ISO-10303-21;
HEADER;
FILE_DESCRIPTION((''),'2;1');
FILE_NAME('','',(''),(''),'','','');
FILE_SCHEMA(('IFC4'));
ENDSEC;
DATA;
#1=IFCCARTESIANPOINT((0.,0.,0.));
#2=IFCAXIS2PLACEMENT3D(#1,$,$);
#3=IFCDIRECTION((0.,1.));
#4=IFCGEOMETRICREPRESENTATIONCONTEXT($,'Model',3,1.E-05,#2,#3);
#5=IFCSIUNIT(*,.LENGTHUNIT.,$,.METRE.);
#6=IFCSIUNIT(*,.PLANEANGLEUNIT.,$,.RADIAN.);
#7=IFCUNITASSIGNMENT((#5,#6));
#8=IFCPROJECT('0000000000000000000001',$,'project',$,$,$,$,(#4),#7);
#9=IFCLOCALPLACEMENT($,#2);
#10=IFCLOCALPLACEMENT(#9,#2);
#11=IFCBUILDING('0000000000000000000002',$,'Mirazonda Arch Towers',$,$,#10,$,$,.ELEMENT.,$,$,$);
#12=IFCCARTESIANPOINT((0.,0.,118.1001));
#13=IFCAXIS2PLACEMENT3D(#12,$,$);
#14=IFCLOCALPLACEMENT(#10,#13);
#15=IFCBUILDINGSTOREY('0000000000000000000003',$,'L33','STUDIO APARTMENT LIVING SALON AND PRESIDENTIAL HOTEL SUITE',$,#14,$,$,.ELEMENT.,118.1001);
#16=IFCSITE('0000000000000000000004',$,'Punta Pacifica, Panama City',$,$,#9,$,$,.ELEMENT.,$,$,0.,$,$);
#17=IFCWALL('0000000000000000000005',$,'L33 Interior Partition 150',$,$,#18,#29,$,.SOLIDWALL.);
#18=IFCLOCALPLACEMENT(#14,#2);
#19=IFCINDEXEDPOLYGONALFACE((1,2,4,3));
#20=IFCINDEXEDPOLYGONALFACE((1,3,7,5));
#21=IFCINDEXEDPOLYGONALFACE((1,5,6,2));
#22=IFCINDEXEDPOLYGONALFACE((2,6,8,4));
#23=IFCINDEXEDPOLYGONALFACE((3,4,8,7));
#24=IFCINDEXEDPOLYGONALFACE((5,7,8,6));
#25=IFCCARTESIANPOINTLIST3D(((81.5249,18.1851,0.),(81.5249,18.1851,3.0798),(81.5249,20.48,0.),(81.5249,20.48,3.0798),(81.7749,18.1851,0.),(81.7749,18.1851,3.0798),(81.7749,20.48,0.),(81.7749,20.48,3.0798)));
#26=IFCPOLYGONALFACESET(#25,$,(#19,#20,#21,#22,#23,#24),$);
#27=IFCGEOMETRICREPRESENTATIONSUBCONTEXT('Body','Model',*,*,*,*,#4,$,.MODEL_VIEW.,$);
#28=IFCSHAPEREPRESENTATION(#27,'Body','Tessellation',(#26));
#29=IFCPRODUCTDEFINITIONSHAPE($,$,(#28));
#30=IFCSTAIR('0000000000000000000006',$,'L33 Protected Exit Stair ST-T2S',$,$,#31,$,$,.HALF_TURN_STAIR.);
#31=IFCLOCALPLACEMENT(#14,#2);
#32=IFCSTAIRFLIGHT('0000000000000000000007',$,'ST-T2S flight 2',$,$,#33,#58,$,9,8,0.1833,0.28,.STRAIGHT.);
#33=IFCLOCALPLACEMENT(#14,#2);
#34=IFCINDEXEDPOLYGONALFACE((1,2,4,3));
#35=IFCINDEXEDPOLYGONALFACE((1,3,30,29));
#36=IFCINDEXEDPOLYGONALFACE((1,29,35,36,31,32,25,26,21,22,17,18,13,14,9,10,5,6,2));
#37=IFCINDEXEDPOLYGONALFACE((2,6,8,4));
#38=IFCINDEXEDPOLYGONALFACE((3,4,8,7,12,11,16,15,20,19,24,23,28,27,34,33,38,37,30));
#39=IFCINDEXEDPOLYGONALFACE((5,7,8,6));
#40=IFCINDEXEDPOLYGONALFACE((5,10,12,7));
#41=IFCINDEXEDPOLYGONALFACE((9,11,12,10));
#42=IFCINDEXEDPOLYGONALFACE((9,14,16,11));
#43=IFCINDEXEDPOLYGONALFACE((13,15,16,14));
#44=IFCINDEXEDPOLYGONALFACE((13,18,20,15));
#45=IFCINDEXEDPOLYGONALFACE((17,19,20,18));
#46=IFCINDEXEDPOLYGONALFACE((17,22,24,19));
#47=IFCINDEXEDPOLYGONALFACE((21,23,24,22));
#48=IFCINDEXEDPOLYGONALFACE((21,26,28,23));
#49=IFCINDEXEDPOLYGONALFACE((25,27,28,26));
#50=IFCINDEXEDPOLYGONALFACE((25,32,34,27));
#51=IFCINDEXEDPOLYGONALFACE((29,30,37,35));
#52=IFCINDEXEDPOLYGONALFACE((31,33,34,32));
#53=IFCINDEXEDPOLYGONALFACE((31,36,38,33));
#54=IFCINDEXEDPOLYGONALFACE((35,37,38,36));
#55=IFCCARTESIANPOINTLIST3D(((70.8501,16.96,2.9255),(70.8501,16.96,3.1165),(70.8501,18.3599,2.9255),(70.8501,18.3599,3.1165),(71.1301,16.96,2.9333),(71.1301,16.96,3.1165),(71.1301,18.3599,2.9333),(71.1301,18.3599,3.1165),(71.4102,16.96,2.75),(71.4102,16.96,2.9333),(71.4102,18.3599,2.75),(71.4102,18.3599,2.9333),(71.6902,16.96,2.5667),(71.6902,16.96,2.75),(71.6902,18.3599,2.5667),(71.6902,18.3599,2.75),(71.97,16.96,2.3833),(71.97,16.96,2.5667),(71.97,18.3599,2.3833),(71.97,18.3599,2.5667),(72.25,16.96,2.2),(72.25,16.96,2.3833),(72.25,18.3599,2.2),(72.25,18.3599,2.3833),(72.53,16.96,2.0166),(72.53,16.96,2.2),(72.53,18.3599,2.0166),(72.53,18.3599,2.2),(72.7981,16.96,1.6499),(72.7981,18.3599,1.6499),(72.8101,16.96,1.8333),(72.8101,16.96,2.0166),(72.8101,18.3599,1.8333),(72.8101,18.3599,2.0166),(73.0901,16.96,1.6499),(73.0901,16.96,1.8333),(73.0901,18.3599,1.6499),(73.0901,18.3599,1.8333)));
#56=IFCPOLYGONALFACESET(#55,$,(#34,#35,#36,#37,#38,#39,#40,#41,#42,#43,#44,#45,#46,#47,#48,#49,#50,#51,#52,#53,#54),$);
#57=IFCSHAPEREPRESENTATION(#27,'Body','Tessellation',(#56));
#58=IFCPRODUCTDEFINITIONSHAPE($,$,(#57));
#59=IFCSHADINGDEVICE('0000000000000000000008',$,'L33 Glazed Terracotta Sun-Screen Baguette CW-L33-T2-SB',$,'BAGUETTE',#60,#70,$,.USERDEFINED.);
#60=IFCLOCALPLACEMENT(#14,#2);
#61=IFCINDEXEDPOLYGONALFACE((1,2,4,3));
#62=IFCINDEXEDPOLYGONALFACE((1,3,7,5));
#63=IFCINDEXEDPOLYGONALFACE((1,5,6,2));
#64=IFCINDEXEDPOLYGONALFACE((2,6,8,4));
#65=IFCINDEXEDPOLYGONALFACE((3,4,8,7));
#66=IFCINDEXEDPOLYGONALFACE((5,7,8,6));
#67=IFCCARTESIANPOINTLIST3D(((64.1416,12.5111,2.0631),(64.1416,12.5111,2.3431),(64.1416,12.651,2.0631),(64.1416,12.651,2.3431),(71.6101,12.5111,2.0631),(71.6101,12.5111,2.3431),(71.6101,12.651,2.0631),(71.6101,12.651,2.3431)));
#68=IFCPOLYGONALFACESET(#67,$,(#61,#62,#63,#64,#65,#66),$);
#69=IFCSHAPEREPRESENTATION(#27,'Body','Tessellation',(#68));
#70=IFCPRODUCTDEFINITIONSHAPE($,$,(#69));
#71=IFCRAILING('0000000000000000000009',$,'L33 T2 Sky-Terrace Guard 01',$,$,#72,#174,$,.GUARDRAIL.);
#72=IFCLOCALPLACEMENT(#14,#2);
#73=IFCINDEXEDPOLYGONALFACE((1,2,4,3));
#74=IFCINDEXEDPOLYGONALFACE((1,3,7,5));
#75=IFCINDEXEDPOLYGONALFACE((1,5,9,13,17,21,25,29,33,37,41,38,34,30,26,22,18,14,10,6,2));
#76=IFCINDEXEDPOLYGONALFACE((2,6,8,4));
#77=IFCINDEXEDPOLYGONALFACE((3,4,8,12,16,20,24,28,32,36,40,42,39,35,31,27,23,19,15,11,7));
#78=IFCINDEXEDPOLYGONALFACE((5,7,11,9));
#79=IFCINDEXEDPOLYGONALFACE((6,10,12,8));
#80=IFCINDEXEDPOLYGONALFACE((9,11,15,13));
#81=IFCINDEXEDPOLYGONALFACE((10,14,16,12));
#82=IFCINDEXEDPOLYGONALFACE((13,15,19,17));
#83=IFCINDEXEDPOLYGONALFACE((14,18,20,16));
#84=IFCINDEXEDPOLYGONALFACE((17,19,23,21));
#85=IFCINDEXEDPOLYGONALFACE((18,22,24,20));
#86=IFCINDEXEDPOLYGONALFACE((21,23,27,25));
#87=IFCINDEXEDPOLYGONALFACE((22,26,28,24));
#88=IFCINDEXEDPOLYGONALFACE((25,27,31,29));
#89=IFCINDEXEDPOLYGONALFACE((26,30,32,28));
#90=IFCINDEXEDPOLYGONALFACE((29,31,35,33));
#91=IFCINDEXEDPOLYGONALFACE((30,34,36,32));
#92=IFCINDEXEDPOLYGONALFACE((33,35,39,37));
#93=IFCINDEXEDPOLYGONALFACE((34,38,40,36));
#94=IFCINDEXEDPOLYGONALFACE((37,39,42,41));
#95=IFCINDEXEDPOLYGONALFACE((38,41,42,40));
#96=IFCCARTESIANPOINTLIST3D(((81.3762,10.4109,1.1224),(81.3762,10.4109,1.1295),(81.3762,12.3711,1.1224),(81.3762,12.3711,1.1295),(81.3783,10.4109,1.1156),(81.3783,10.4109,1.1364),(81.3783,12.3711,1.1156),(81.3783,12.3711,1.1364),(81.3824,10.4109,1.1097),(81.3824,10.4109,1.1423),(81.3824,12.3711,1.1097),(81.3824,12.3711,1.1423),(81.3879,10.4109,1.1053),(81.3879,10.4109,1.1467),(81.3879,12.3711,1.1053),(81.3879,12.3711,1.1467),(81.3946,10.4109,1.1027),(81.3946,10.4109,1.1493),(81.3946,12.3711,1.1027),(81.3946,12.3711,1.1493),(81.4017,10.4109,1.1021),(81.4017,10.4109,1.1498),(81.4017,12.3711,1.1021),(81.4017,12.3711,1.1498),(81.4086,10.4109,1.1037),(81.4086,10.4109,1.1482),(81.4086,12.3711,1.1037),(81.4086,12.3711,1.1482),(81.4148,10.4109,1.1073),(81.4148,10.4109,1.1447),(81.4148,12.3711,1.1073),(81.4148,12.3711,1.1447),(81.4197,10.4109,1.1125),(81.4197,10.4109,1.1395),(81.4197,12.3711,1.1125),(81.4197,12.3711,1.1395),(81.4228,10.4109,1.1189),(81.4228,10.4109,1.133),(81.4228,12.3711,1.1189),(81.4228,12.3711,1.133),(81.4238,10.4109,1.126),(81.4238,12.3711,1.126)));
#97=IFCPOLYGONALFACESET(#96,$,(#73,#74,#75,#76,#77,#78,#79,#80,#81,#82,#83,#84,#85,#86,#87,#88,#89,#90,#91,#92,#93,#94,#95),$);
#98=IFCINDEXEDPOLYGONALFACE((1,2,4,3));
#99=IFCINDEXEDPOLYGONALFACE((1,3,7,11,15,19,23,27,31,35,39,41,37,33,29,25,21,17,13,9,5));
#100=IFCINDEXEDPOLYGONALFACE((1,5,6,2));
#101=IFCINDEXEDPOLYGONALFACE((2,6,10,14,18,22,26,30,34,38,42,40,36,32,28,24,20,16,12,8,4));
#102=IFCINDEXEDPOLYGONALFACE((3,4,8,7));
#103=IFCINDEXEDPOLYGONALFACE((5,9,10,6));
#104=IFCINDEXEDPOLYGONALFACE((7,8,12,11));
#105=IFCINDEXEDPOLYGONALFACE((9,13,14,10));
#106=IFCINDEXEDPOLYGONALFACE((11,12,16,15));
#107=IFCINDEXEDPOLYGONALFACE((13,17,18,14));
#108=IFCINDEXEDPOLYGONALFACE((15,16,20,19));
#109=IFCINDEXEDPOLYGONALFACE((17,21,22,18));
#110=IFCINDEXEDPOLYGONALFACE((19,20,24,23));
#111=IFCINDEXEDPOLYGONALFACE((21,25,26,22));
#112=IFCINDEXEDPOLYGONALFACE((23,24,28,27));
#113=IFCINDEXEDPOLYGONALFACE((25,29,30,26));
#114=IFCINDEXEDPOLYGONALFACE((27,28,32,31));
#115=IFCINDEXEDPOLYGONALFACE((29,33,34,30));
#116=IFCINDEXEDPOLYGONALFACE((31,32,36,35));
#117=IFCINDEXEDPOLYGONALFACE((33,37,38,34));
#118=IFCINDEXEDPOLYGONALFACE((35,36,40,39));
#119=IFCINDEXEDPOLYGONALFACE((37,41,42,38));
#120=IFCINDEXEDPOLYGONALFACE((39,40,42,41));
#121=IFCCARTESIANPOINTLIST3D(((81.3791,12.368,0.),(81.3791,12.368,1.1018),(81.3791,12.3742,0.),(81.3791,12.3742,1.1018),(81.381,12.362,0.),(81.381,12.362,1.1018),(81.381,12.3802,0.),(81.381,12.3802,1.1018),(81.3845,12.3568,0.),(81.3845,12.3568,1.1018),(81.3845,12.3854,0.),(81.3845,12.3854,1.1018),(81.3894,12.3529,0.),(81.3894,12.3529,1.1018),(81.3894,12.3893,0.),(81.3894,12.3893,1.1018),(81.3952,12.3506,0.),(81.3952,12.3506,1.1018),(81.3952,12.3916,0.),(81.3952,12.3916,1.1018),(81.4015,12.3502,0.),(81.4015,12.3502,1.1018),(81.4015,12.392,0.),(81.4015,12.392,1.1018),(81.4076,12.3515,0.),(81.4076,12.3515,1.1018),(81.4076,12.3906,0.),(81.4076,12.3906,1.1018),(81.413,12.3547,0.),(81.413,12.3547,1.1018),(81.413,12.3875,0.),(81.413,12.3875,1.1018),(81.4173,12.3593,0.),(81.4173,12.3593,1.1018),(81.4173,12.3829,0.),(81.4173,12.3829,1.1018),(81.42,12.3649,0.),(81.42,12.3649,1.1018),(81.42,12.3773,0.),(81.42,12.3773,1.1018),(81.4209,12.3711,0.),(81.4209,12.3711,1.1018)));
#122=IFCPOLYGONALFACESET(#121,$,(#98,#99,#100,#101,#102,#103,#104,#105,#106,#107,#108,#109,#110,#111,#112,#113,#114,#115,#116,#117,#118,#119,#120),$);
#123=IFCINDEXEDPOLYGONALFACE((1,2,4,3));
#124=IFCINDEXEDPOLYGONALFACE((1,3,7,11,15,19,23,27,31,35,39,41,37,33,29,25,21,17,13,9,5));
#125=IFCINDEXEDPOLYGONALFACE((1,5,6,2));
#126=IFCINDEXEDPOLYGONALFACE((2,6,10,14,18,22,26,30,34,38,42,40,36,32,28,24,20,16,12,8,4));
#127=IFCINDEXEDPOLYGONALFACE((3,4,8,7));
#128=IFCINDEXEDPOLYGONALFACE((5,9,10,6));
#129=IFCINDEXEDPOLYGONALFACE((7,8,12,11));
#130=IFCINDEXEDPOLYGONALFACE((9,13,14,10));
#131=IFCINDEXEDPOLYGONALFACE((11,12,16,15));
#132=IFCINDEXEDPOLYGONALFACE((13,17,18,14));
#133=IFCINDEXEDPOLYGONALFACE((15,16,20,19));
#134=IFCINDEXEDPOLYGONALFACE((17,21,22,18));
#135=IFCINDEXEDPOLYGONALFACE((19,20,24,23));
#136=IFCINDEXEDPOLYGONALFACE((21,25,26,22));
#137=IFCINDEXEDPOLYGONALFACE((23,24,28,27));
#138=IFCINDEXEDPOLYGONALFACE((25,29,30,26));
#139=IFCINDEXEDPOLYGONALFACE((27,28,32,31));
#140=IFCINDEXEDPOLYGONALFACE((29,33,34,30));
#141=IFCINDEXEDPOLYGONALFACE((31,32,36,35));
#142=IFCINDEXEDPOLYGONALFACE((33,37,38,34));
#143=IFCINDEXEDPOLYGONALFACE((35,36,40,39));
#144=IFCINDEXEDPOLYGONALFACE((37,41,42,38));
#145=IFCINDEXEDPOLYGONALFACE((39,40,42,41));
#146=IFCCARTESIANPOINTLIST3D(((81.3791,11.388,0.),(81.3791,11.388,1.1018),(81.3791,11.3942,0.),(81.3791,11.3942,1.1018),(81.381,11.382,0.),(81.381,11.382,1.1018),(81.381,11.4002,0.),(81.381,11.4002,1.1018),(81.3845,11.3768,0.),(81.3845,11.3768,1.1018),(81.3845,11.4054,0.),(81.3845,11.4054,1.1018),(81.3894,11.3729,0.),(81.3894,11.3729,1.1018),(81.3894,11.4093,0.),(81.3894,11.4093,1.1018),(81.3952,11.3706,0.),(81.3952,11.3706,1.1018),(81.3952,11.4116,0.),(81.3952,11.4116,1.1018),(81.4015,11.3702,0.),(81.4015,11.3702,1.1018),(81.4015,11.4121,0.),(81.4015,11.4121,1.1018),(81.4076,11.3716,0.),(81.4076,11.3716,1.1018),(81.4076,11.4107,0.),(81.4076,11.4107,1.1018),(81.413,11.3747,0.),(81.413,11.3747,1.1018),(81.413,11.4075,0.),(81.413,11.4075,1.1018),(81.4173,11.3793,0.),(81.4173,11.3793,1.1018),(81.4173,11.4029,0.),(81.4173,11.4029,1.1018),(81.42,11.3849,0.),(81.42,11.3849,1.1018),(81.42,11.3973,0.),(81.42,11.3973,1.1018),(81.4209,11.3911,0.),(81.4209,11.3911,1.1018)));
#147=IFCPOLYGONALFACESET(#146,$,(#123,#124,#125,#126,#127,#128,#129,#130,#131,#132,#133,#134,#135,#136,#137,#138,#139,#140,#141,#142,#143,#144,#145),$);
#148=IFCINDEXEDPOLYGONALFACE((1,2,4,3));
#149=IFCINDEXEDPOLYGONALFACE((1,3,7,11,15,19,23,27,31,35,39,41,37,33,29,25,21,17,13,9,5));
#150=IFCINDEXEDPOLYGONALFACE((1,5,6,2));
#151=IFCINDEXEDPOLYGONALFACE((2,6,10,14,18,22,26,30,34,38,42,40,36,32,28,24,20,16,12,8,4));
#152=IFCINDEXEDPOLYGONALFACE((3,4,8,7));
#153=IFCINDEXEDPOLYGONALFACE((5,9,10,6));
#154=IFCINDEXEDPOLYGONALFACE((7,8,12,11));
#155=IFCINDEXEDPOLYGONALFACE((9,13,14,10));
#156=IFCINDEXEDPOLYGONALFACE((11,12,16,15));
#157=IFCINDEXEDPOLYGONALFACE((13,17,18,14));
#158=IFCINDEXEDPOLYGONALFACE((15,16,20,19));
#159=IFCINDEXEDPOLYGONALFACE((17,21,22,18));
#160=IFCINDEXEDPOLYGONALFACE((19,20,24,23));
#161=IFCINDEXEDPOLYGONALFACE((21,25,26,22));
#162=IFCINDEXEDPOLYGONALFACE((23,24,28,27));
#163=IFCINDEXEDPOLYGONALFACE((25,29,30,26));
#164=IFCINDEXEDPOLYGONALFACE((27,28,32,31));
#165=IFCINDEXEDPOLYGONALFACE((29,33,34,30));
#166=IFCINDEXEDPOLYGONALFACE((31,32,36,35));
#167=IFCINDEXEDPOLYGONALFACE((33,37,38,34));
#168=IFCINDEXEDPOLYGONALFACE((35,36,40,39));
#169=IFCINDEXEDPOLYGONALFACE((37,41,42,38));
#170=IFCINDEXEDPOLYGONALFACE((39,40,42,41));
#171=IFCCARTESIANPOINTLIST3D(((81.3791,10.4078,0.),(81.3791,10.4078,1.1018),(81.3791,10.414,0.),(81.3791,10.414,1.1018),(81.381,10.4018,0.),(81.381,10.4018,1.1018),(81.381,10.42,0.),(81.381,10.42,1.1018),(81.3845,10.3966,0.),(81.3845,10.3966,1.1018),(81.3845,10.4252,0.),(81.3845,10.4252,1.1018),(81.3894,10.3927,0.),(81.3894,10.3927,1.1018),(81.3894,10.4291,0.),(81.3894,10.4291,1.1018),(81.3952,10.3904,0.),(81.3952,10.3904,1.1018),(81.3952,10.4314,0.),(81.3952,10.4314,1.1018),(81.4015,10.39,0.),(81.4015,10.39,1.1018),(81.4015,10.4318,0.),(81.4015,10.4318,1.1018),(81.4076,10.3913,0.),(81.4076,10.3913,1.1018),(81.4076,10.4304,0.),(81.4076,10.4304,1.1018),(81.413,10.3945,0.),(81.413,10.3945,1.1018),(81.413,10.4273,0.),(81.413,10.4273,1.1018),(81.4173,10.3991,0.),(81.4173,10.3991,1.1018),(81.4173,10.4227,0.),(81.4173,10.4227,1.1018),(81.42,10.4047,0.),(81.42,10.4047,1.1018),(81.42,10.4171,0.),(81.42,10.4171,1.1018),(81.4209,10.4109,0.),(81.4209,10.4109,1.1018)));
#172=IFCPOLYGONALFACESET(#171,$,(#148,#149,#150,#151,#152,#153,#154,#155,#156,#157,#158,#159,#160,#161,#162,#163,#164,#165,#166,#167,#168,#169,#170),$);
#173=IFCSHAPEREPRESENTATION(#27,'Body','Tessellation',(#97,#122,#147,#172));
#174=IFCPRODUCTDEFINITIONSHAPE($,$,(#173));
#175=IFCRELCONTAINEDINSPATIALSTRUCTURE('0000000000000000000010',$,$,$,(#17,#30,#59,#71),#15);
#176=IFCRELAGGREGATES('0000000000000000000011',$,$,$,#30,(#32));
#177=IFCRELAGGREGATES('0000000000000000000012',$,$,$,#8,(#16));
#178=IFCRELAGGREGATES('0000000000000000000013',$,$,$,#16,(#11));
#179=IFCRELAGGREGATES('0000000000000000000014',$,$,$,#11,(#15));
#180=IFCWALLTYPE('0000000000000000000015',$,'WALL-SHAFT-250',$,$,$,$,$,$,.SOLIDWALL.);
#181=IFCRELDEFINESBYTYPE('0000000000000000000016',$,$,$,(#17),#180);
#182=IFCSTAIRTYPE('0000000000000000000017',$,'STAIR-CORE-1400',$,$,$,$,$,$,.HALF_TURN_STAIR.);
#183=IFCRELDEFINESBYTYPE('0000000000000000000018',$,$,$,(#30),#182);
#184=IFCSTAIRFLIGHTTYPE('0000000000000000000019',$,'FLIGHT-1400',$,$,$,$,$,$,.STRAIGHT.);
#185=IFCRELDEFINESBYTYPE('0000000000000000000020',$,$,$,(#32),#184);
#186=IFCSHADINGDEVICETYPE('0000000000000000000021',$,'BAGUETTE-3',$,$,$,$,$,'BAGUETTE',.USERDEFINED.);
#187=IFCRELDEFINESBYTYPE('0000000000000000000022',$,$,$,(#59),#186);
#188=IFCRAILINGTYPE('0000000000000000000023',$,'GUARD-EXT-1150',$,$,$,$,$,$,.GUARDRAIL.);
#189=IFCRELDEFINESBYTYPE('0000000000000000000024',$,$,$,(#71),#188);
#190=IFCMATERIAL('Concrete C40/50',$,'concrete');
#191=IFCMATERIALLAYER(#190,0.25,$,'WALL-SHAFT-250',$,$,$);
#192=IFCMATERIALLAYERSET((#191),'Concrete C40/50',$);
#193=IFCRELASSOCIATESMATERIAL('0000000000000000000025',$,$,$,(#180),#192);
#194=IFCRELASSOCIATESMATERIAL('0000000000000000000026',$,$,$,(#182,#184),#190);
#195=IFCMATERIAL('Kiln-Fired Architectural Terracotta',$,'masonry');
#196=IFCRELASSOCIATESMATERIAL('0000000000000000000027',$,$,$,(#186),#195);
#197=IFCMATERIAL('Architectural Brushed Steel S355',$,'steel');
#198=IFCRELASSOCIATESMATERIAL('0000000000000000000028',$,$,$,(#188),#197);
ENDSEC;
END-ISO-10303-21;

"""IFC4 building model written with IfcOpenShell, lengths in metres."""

from ifc_helpers import new_model, si_unit, direction, frame, frame_2d, origin, origin_2d, place, context, subcontext, project, spatial, polyline, rectangle, circle, outline, extrude, material, layer, layer_set, material_profile, profile_set, type_object, element, aggregate, save


model = new_model("IFC4")

# Units and contexts
model_context = context("Model", 3, precision=1e-05, world=origin(), true_north=direction((0.0, 1.0)))
body_context = subcontext(model_context, "Body", "Model", "MODEL_VIEW")
ifc_project = project(units=[si_unit("LENGTHUNIT", "METRE"), si_unit("PLANEANGLEUNIT", "RADIAN")], contexts=[model_context])

# Site, building, storey
site_placement = place(None, origin())
site = spatial("IfcSite", under=ifc_project, at=site_placement, Name="Punta Pacifica, Panama City", CompositionType="ELEMENT", RefElevation=0.0)
building_placement = place(site_placement, origin())
building = spatial("IfcBuilding", under=site, at=building_placement, Name="Mirazonda Arch Towers", CompositionType="ELEMENT")
storey_placement = place(building_placement, frame((0.0, 0.0, 118.1001)))
storey = spatial("IfcBuildingStorey", under=building, at=storey_placement, Name="L33", Description="STUDIO APARTMENT LIVING SALON AND PRESIDENTIAL HOTEL SUITE", CompositionType="ELEMENT", Elevation=118.1001)

# Wall
ifc_material_1 = material(Name="Concrete C40/50", Category="concrete")
ifc_layer_1 = layer(ifc_material_1, 0.25, Name="WALL-SHAFT-250")
ifc_layer_set_1 = layer_set([ifc_layer_1], Name="Concrete C40/50")
wall_type_1 = type_object("IfcWallType", Name="WALL-SHAFT-250", PredefinedType="SOLIDWALL", material=ifc_layer_set_1)
wall_1_placement = place(storey_placement, frame((81.6499, 18.1851, 0.0), z_axis=(0.0, 0.0, 1.0), x_axis=(0.0, 1.0, 0.0)))
element("IfcWall", 1, at=wall_1_placement, inside=storey, type_object=wall_type_1, Name="L33 Interior Partition 150", PredefinedType="SOLIDWALL", context=body_context, shape_type="SweptSolid", body=[
    extrude(rectangle(XDim=2.2949, YDim=0.25, at=frame_2d((1.1475, 0.0))), origin(), (0.0, 0.0, 1.0), 3.0798),
])

# Stair, stair flight
stair_type = type_object("IfcStairType", Name="STAIR-CORE-1400", PredefinedType="HALF_TURN_STAIR", material=ifc_material_1)
stair_placement = place(storey_placement, origin())
stair = element("IfcStair", 2, at=stair_placement, inside=storey, type_object=stair_type, Name="L33 Protected Exit Stair ST-T2S", PredefinedType="HALF_TURN_STAIR")
stair_flight_type = type_object("IfcStairFlightType", Name="FLIGHT-1400", PredefinedType="STRAIGHT", material=ifc_material_1)
stair_flight_placement = place(storey_placement, frame((73.0901, 17.6599, 1.6499), z_axis=(0.0, 0.0, 1.0), x_axis=(-1.0, 0.0, 0.0)))
stair_flight = element("IfcStairFlight", 3, at=stair_flight_placement, type_object=stair_flight_type, Name="ST-T2S flight 2", NumberOfRisers=9, NumberOfTreads=8, PredefinedType="STRAIGHT", RiserHeight=0.1833, TreadLength=0.28, context=body_context, shape_type="SweptSolid", body=[
    extrude(outline(polyline([(0.0, 0.0), (0.0, 0.1833), (0.28, 0.1833), (0.28, 0.3667), (0.5601, 0.3667), (0.5601, 0.55), (0.8401, 0.55), (0.8401, 0.7334), (1.1201, 0.7334), (1.1201, 0.9167), (1.3999, 0.9167), (1.3999, 1.1001), (1.6799, 1.1001), (1.6799, 1.2834), (1.96, 1.2834), (1.96, 1.4666), (2.24, 1.4666), (2.24, 1.6499), (2.24, 1.2756), (0.292, 0.0), (0.0, 0.0)])), frame((0.0, 0.7, 0.0), z_axis=(0.0, -1.0, 0.0), x_axis=(1.0, 0.0, 0.0)), (0.0, 0.0, 1.0), 1.3999),
])
aggregate(stair, [stair_flight])

# Shading device
ifc_material_2 = material(Name="Kiln-Fired Architectural Terracotta", Category="masonry")
ifc_material_profile_1 = material_profile(ifc_material_2, rectangle(XDim=0.1399, YDim=0.28, at=origin_2d()), Name="TERRA-BAG-140x280")
ifc_profile_set_1 = profile_set([ifc_material_profile_1], Name="Kiln-Fired Architectural Terracotta")
shading_device_type = type_object("IfcShadingDeviceType", Name="BAGUETTE-3", ElementType="BAGUETTE", PredefinedType="USERDEFINED", material=ifc_profile_set_1)
shading_device_placement = place(storey_placement, frame((71.6101, 12.5811, 2.2031), z_axis=(-1.0, 0.0, 0.0), x_axis=(0.0, -1.0, 0.0)))
element("IfcShadingDevice", 4, at=shading_device_placement, inside=storey, type_object=shading_device_type, Name="L33 Glazed Terracotta Sun-Screen Baguette CW-L33-T2-SB", ObjectType="BAGUETTE", PredefinedType="USERDEFINED", context=body_context, shape_type="SweptSolid", body=[
    extrude(rectangle(XDim=0.1399, YDim=0.28, at=origin_2d()), origin(), (0.0, 0.0, 1.0), 7.4685),
])

# Railing
ifc_material_3 = material(Name="Architectural Brushed Steel S355", Category="steel")
railing_type_1 = type_object("IfcRailingType", Name="GUARD-EXT-1150", PredefinedType="GUARDRAIL", material=ifc_material_3)
railing_1_placement = place(storey_placement, frame((81.3999, 12.3711, 0.0)))
element("IfcRailing", 5, at=railing_1_placement, inside=storey, type_object=railing_type_1, Name="L33 T2 Sky-Terrace Guard 01", PredefinedType="GUARDRAIL", context=body_context, shape_type="SweptSolid", body=[
    extrude(circle(Radius=0.0239, at=origin_2d()), frame((0.0, 0.0, 1.126), z_axis=(0.0, -1.0, 0.0), x_axis=(1.0, 0.0, 0.0)), (0.0, 0.0, 1.0), 1.9602),
    extrude(circle(Radius=0.021, at=origin_2d()), origin(), (0.0, 0.0, 1.0), 1.1018),
    extrude(circle(Radius=0.021, at=origin_2d()), frame((0.0, -0.98, 0.0)), (0.0, 0.0, 1.0), 1.1018),
    extrude(circle(Radius=0.021, at=origin_2d()), frame((0.0, -1.9602, 0.0)), (0.0, 0.0, 1.0), 1.1018),
])

save(model, "model.ifc")
